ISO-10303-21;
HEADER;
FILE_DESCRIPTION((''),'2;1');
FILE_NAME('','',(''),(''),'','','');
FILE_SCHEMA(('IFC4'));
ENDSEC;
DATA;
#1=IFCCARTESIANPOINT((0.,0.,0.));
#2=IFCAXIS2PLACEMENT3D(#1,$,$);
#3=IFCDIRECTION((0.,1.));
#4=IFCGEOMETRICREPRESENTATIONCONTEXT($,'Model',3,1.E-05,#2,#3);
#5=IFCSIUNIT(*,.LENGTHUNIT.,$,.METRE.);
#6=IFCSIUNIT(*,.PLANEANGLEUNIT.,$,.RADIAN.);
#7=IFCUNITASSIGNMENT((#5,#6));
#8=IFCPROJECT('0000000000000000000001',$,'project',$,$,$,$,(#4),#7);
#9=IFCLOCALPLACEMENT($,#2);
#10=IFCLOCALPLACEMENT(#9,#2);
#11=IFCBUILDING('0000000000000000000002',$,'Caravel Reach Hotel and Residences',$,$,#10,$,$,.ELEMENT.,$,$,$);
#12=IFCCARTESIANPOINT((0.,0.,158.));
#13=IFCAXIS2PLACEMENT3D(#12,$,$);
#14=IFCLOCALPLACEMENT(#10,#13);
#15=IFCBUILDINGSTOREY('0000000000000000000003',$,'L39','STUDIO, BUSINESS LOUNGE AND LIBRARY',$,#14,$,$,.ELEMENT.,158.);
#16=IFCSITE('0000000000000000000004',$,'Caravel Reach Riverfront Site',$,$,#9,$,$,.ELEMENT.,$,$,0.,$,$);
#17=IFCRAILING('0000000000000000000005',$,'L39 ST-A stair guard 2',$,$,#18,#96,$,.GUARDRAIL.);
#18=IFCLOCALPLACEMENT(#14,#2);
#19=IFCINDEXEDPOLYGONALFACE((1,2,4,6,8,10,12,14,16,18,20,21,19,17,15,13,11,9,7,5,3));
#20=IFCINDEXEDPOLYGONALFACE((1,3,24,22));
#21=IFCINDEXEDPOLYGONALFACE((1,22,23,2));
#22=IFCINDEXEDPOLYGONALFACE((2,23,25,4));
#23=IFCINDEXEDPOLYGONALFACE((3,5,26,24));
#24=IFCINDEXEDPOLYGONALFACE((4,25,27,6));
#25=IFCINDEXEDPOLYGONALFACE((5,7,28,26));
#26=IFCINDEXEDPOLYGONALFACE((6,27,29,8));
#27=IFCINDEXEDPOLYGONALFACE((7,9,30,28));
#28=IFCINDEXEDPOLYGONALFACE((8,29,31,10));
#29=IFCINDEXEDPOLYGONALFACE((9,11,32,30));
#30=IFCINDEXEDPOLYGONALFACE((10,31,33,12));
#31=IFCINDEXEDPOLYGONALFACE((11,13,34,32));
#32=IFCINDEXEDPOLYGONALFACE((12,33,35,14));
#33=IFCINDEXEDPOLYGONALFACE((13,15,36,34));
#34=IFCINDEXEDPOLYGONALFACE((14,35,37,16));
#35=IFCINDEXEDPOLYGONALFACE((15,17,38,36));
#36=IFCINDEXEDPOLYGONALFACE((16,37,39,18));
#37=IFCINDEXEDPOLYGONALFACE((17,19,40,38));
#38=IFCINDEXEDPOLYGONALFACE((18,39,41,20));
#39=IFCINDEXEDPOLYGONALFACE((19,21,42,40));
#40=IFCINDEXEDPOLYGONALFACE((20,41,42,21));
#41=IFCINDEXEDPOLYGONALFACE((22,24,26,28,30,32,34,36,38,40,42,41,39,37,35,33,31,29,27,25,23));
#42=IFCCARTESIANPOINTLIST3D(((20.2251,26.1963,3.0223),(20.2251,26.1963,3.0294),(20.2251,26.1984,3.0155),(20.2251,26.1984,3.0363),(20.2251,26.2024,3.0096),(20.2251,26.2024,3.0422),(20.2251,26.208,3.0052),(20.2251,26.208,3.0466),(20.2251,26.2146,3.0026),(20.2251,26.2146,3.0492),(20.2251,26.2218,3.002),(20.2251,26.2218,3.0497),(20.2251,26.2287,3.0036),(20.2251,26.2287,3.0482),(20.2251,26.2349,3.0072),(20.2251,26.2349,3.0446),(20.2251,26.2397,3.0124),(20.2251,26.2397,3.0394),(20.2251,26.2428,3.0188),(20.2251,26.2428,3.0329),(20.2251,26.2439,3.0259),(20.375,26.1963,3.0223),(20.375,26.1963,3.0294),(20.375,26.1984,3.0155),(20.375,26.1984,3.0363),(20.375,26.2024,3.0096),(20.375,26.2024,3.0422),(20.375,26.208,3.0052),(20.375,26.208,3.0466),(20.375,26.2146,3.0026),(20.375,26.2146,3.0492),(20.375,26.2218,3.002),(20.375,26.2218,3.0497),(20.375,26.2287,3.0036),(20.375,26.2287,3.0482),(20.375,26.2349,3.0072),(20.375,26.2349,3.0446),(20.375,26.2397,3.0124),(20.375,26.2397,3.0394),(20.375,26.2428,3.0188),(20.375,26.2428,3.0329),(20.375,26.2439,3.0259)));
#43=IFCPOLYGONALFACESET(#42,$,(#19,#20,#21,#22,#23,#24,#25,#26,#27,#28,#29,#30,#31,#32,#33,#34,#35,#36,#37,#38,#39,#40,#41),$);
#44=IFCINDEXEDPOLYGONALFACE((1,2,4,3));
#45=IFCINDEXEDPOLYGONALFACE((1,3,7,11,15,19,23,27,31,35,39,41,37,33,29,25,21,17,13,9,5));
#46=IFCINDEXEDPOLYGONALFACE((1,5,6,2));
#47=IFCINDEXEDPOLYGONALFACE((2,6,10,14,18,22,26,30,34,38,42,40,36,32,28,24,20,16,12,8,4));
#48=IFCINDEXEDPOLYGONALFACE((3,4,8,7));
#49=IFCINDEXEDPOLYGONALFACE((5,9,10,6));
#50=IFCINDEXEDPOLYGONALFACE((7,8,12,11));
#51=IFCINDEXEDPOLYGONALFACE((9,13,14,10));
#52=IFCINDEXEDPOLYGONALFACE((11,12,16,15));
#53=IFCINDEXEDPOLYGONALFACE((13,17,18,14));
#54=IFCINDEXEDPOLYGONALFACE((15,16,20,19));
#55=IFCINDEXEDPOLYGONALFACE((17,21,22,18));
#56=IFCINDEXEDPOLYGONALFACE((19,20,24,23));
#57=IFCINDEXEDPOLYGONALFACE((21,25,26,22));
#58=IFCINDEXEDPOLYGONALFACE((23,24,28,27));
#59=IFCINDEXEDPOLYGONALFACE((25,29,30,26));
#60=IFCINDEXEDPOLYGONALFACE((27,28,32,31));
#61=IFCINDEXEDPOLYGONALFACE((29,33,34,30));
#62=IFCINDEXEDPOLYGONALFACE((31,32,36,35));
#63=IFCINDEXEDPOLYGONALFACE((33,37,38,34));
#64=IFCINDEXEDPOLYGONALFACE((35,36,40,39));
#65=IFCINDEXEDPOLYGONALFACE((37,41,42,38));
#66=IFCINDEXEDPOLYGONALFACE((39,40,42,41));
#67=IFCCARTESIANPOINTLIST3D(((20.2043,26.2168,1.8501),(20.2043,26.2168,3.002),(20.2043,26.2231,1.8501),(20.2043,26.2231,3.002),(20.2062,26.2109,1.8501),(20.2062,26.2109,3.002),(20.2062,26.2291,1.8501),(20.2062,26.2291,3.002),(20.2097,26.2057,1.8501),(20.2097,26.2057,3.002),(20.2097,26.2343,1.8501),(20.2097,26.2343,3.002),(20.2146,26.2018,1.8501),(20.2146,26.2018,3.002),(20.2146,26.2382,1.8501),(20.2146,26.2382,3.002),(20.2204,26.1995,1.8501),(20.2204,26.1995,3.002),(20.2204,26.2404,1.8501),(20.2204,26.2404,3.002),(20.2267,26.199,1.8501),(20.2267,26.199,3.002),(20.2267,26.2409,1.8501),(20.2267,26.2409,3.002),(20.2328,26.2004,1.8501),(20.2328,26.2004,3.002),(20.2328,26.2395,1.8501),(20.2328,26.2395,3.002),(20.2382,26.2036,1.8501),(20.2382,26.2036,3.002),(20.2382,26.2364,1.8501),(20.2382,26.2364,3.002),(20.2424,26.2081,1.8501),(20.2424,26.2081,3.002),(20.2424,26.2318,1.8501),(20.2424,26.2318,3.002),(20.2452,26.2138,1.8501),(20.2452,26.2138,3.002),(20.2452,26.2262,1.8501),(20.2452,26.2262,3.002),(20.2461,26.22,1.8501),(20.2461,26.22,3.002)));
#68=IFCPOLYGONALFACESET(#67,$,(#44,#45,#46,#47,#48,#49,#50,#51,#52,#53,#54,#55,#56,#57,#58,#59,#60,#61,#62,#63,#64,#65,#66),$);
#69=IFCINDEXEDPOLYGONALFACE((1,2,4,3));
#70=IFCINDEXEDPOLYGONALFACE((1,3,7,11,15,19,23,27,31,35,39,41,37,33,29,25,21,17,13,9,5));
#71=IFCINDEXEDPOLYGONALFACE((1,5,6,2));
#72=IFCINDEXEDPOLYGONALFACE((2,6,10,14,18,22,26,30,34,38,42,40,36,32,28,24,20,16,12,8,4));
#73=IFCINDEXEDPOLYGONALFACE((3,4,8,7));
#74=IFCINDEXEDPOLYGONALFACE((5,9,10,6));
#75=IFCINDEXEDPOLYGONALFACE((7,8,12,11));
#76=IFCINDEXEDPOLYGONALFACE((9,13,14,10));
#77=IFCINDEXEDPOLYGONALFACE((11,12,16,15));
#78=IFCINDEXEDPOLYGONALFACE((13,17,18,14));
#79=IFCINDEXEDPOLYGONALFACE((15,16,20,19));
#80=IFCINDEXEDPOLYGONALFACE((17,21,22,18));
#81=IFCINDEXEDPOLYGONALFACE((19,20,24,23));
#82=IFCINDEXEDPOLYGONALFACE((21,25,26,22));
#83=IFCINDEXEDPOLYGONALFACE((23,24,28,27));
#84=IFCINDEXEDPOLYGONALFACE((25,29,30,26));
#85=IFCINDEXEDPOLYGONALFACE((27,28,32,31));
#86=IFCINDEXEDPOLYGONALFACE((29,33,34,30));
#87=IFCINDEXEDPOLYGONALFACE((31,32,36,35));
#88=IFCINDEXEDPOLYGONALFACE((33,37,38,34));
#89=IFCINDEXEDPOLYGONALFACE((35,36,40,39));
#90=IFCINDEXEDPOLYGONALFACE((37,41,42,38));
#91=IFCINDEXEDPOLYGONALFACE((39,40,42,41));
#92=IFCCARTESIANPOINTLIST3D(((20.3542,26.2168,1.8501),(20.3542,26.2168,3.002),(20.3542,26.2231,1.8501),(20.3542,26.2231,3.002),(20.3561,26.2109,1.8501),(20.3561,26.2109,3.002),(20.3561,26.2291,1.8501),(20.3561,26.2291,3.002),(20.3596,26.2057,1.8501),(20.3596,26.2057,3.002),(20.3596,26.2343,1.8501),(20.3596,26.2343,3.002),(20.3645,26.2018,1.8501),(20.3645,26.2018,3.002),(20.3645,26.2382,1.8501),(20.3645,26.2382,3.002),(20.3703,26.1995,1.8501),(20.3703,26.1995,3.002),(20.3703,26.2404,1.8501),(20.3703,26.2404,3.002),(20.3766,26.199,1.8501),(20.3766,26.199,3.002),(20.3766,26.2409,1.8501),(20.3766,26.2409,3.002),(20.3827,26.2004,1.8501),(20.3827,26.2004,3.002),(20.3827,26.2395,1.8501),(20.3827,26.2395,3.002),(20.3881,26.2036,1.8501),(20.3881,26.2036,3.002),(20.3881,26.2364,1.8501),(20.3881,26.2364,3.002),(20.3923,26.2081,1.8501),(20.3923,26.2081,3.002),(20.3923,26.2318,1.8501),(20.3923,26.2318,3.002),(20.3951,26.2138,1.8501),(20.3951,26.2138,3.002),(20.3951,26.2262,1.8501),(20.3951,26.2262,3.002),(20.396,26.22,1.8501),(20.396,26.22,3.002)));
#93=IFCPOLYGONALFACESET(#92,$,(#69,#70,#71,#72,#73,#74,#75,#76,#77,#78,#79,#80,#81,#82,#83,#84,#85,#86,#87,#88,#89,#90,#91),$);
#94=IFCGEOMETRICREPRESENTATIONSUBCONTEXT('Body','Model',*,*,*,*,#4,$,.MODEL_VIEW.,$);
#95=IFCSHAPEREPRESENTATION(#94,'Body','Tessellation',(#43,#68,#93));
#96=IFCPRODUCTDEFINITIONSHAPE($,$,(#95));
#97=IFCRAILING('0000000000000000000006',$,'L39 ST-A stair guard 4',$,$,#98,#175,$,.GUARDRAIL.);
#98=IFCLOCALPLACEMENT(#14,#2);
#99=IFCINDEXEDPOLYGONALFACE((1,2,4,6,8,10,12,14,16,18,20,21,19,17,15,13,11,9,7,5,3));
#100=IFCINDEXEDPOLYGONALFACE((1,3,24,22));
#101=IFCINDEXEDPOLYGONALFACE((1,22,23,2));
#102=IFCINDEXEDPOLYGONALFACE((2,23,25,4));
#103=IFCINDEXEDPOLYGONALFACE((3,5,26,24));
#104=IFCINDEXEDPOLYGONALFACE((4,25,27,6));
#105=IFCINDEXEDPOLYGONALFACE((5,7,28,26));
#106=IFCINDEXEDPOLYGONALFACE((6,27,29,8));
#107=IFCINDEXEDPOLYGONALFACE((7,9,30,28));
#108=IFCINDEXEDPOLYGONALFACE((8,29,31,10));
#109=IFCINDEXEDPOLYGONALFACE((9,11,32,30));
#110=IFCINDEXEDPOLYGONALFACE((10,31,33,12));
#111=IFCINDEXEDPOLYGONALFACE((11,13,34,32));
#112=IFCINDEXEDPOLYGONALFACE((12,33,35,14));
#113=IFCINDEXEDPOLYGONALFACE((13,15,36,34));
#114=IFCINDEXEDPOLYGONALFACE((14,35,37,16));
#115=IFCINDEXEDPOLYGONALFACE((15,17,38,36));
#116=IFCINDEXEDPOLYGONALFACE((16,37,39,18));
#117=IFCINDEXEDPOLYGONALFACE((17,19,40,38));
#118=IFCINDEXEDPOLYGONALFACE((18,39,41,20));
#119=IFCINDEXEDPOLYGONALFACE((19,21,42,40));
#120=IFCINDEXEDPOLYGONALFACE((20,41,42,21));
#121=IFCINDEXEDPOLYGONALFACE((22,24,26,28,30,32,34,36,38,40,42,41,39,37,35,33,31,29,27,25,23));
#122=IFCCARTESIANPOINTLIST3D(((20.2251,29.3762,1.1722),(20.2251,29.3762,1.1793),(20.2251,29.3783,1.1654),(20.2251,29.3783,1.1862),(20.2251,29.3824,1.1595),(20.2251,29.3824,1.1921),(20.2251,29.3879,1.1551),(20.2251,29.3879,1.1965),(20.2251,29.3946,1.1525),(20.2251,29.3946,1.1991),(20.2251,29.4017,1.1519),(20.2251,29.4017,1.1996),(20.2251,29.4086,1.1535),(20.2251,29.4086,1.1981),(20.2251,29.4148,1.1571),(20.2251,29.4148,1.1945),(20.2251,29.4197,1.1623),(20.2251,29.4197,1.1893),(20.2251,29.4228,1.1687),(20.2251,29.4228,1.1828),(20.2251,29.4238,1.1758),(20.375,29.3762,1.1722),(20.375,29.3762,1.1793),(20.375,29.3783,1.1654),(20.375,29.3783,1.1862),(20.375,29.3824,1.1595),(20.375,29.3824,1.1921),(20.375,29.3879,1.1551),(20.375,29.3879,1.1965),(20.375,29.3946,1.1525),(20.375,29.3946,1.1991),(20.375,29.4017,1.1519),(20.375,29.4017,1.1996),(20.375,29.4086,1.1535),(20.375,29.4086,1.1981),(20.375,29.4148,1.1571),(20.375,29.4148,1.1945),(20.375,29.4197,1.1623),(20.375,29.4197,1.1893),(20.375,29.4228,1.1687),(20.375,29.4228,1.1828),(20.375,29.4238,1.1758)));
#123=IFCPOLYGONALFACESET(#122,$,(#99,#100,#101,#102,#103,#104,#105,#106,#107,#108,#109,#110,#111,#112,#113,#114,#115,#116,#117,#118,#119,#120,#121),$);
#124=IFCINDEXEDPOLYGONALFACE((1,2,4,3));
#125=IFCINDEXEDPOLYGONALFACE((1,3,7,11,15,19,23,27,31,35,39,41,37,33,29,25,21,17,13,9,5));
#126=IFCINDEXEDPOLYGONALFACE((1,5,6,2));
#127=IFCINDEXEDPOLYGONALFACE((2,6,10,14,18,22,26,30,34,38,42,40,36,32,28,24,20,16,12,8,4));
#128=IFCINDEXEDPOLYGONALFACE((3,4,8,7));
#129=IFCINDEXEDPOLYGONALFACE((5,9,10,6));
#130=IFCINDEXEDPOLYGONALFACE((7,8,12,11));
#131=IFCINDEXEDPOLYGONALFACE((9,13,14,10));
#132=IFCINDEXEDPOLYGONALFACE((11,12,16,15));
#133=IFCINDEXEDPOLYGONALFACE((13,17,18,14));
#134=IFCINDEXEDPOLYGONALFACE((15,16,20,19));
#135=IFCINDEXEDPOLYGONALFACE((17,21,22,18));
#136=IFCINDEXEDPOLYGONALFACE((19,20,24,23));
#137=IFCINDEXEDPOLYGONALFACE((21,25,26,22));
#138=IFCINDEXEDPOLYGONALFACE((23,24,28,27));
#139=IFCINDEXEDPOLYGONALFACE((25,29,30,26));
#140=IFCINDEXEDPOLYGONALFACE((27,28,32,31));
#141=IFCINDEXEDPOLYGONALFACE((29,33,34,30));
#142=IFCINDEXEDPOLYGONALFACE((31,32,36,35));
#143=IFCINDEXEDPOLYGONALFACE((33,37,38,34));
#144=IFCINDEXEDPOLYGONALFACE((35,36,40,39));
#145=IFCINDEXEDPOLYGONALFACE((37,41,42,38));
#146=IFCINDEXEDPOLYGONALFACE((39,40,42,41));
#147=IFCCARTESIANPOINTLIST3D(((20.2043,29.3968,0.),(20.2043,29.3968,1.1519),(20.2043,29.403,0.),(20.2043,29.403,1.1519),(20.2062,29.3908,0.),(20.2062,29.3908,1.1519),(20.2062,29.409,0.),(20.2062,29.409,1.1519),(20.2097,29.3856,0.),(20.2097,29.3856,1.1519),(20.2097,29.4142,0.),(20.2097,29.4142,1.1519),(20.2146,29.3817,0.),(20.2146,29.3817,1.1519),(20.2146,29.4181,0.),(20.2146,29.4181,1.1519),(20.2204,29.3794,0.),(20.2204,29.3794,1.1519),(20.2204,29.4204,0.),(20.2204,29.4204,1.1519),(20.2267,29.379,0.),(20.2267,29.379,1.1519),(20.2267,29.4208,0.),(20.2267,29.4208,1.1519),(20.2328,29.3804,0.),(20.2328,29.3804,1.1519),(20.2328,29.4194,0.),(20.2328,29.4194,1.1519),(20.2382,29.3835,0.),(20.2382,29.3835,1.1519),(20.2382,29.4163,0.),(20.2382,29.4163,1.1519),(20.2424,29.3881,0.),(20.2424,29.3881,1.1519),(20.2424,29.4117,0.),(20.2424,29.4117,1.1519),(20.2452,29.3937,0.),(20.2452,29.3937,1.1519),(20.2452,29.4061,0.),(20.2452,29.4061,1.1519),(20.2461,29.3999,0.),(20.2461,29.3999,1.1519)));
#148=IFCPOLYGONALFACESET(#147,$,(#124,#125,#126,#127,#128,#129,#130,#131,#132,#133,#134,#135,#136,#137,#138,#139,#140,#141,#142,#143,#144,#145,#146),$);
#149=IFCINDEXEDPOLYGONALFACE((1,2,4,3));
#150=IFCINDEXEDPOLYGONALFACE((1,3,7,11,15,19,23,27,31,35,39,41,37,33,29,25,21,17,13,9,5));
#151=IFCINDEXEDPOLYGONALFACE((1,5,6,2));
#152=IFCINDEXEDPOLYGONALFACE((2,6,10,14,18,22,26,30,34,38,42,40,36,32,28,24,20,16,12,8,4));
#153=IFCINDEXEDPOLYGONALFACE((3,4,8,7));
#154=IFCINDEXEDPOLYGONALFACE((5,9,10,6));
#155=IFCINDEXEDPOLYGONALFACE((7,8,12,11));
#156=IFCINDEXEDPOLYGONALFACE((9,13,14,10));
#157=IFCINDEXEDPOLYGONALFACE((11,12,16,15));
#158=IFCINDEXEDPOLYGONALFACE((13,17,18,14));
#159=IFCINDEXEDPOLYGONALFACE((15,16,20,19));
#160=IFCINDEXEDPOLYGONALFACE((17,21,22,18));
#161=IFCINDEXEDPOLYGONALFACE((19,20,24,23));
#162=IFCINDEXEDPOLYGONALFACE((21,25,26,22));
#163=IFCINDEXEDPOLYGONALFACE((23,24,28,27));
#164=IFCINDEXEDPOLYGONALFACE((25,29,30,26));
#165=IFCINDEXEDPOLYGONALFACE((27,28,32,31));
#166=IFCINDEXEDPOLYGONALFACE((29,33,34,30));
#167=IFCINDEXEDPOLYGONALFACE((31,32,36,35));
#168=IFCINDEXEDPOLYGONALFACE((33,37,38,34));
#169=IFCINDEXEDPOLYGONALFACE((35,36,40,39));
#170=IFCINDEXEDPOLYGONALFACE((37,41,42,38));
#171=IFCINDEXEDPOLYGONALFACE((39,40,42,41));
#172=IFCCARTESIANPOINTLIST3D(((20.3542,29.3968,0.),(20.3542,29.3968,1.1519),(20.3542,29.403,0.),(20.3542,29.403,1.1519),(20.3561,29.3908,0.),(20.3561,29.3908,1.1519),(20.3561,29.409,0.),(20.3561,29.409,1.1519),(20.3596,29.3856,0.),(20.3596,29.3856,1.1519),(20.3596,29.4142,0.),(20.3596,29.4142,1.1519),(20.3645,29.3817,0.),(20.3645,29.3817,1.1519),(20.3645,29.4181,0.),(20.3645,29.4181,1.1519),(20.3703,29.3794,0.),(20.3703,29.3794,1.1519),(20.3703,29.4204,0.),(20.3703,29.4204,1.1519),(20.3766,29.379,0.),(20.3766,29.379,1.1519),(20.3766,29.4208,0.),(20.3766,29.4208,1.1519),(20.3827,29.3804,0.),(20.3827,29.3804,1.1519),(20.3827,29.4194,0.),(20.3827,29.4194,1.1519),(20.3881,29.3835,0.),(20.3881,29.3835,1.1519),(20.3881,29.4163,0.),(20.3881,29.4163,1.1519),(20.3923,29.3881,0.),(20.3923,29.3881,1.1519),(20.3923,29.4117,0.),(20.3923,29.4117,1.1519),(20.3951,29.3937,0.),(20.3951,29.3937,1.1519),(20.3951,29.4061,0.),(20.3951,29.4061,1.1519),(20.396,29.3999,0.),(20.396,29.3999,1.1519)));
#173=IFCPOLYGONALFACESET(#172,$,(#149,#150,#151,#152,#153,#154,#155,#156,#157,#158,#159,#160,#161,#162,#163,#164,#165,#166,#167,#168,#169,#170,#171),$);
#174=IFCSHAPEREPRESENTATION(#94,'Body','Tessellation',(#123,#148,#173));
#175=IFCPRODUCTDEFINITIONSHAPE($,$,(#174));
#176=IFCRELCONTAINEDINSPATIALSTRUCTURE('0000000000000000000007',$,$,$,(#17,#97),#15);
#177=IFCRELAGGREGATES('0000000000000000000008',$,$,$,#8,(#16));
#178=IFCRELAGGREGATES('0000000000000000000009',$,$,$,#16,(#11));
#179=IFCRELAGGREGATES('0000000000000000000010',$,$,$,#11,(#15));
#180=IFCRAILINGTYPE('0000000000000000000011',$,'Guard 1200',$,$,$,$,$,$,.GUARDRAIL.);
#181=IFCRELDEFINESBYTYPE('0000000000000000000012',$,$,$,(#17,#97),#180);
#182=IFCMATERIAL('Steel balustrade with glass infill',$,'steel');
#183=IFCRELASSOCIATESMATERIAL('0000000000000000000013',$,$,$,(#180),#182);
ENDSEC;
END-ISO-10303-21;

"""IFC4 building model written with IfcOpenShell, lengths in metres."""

from ifc_helpers import new_model, si_unit, direction, frame, origin, origin_2d, place, context, subcontext, project, spatial, circle, extrude, material, type_object, element, save


model = new_model("IFC4")

# Units and contexts
model_context = context("Model", 3, precision=1e-05, world=origin(), true_north=direction((0.0, 1.0)))
body_context = subcontext(model_context, "Body", "Model", "MODEL_VIEW")
ifc_project = project(units=[si_unit("LENGTHUNIT", "METRE"), si_unit("PLANEANGLEUNIT", "RADIAN")], contexts=[model_context])

# Site, building, storey
site_placement = place(None, origin())
site = spatial("IfcSite", under=ifc_project, at=site_placement, Name="Caravel Reach Riverfront Site", CompositionType="ELEMENT", RefElevation=0.0)
building_placement = place(site_placement, origin())
building = spatial("IfcBuilding", under=site, at=building_placement, Name="Caravel Reach Hotel and Residences", CompositionType="ELEMENT")
storey_placement = place(building_placement, frame((0.0, 0.0, 158.0)))
storey = spatial("IfcBuildingStorey", under=building, at=storey_placement, Name="L39", Description="STUDIO, BUSINESS LOUNGE AND LIBRARY", CompositionType="ELEMENT", Elevation=158.0)

# Railings
ifc_material_1 = material(Name="Steel balustrade with glass infill", Category="steel")
railing_type_1 = type_object("IfcRailingType", Name="Guard 1200", PredefinedType="GUARDRAIL", material=ifc_material_1)
for number, where, name in (
    (1, (20.2251, 26.22, 1.8501), "L39 ST-A stair guard 2"),
    (2, (20.2251, 29.3999, 0.0), "L39 ST-A stair guard 4"),
):
    element("IfcRailing", number, at=place(storey_placement, frame(where)), inside=storey, type_object=railing_type_1, Name=name, PredefinedType="GUARDRAIL", context=body_context, shape_type="SweptSolid", body=[
        extrude(circle(Radius=0.0239, at=origin_2d()), frame((0.0, 0.0, 1.1758), z_axis=(1.0, 0.0, 0.0), x_axis=(0.0, 1.0, 0.0)), (0.0, 0.0, 1.0), 0.1499),
        extrude(circle(Radius=0.021, at=origin_2d()), origin(), (0.0, 0.0, 1.0), 1.1519),
        extrude(circle(Radius=0.021, at=origin_2d()), frame((0.1499, 0.0, 0.0)), (0.0, 0.0, 1.0), 1.1519),
    ])

save(model, "model.ifc")
